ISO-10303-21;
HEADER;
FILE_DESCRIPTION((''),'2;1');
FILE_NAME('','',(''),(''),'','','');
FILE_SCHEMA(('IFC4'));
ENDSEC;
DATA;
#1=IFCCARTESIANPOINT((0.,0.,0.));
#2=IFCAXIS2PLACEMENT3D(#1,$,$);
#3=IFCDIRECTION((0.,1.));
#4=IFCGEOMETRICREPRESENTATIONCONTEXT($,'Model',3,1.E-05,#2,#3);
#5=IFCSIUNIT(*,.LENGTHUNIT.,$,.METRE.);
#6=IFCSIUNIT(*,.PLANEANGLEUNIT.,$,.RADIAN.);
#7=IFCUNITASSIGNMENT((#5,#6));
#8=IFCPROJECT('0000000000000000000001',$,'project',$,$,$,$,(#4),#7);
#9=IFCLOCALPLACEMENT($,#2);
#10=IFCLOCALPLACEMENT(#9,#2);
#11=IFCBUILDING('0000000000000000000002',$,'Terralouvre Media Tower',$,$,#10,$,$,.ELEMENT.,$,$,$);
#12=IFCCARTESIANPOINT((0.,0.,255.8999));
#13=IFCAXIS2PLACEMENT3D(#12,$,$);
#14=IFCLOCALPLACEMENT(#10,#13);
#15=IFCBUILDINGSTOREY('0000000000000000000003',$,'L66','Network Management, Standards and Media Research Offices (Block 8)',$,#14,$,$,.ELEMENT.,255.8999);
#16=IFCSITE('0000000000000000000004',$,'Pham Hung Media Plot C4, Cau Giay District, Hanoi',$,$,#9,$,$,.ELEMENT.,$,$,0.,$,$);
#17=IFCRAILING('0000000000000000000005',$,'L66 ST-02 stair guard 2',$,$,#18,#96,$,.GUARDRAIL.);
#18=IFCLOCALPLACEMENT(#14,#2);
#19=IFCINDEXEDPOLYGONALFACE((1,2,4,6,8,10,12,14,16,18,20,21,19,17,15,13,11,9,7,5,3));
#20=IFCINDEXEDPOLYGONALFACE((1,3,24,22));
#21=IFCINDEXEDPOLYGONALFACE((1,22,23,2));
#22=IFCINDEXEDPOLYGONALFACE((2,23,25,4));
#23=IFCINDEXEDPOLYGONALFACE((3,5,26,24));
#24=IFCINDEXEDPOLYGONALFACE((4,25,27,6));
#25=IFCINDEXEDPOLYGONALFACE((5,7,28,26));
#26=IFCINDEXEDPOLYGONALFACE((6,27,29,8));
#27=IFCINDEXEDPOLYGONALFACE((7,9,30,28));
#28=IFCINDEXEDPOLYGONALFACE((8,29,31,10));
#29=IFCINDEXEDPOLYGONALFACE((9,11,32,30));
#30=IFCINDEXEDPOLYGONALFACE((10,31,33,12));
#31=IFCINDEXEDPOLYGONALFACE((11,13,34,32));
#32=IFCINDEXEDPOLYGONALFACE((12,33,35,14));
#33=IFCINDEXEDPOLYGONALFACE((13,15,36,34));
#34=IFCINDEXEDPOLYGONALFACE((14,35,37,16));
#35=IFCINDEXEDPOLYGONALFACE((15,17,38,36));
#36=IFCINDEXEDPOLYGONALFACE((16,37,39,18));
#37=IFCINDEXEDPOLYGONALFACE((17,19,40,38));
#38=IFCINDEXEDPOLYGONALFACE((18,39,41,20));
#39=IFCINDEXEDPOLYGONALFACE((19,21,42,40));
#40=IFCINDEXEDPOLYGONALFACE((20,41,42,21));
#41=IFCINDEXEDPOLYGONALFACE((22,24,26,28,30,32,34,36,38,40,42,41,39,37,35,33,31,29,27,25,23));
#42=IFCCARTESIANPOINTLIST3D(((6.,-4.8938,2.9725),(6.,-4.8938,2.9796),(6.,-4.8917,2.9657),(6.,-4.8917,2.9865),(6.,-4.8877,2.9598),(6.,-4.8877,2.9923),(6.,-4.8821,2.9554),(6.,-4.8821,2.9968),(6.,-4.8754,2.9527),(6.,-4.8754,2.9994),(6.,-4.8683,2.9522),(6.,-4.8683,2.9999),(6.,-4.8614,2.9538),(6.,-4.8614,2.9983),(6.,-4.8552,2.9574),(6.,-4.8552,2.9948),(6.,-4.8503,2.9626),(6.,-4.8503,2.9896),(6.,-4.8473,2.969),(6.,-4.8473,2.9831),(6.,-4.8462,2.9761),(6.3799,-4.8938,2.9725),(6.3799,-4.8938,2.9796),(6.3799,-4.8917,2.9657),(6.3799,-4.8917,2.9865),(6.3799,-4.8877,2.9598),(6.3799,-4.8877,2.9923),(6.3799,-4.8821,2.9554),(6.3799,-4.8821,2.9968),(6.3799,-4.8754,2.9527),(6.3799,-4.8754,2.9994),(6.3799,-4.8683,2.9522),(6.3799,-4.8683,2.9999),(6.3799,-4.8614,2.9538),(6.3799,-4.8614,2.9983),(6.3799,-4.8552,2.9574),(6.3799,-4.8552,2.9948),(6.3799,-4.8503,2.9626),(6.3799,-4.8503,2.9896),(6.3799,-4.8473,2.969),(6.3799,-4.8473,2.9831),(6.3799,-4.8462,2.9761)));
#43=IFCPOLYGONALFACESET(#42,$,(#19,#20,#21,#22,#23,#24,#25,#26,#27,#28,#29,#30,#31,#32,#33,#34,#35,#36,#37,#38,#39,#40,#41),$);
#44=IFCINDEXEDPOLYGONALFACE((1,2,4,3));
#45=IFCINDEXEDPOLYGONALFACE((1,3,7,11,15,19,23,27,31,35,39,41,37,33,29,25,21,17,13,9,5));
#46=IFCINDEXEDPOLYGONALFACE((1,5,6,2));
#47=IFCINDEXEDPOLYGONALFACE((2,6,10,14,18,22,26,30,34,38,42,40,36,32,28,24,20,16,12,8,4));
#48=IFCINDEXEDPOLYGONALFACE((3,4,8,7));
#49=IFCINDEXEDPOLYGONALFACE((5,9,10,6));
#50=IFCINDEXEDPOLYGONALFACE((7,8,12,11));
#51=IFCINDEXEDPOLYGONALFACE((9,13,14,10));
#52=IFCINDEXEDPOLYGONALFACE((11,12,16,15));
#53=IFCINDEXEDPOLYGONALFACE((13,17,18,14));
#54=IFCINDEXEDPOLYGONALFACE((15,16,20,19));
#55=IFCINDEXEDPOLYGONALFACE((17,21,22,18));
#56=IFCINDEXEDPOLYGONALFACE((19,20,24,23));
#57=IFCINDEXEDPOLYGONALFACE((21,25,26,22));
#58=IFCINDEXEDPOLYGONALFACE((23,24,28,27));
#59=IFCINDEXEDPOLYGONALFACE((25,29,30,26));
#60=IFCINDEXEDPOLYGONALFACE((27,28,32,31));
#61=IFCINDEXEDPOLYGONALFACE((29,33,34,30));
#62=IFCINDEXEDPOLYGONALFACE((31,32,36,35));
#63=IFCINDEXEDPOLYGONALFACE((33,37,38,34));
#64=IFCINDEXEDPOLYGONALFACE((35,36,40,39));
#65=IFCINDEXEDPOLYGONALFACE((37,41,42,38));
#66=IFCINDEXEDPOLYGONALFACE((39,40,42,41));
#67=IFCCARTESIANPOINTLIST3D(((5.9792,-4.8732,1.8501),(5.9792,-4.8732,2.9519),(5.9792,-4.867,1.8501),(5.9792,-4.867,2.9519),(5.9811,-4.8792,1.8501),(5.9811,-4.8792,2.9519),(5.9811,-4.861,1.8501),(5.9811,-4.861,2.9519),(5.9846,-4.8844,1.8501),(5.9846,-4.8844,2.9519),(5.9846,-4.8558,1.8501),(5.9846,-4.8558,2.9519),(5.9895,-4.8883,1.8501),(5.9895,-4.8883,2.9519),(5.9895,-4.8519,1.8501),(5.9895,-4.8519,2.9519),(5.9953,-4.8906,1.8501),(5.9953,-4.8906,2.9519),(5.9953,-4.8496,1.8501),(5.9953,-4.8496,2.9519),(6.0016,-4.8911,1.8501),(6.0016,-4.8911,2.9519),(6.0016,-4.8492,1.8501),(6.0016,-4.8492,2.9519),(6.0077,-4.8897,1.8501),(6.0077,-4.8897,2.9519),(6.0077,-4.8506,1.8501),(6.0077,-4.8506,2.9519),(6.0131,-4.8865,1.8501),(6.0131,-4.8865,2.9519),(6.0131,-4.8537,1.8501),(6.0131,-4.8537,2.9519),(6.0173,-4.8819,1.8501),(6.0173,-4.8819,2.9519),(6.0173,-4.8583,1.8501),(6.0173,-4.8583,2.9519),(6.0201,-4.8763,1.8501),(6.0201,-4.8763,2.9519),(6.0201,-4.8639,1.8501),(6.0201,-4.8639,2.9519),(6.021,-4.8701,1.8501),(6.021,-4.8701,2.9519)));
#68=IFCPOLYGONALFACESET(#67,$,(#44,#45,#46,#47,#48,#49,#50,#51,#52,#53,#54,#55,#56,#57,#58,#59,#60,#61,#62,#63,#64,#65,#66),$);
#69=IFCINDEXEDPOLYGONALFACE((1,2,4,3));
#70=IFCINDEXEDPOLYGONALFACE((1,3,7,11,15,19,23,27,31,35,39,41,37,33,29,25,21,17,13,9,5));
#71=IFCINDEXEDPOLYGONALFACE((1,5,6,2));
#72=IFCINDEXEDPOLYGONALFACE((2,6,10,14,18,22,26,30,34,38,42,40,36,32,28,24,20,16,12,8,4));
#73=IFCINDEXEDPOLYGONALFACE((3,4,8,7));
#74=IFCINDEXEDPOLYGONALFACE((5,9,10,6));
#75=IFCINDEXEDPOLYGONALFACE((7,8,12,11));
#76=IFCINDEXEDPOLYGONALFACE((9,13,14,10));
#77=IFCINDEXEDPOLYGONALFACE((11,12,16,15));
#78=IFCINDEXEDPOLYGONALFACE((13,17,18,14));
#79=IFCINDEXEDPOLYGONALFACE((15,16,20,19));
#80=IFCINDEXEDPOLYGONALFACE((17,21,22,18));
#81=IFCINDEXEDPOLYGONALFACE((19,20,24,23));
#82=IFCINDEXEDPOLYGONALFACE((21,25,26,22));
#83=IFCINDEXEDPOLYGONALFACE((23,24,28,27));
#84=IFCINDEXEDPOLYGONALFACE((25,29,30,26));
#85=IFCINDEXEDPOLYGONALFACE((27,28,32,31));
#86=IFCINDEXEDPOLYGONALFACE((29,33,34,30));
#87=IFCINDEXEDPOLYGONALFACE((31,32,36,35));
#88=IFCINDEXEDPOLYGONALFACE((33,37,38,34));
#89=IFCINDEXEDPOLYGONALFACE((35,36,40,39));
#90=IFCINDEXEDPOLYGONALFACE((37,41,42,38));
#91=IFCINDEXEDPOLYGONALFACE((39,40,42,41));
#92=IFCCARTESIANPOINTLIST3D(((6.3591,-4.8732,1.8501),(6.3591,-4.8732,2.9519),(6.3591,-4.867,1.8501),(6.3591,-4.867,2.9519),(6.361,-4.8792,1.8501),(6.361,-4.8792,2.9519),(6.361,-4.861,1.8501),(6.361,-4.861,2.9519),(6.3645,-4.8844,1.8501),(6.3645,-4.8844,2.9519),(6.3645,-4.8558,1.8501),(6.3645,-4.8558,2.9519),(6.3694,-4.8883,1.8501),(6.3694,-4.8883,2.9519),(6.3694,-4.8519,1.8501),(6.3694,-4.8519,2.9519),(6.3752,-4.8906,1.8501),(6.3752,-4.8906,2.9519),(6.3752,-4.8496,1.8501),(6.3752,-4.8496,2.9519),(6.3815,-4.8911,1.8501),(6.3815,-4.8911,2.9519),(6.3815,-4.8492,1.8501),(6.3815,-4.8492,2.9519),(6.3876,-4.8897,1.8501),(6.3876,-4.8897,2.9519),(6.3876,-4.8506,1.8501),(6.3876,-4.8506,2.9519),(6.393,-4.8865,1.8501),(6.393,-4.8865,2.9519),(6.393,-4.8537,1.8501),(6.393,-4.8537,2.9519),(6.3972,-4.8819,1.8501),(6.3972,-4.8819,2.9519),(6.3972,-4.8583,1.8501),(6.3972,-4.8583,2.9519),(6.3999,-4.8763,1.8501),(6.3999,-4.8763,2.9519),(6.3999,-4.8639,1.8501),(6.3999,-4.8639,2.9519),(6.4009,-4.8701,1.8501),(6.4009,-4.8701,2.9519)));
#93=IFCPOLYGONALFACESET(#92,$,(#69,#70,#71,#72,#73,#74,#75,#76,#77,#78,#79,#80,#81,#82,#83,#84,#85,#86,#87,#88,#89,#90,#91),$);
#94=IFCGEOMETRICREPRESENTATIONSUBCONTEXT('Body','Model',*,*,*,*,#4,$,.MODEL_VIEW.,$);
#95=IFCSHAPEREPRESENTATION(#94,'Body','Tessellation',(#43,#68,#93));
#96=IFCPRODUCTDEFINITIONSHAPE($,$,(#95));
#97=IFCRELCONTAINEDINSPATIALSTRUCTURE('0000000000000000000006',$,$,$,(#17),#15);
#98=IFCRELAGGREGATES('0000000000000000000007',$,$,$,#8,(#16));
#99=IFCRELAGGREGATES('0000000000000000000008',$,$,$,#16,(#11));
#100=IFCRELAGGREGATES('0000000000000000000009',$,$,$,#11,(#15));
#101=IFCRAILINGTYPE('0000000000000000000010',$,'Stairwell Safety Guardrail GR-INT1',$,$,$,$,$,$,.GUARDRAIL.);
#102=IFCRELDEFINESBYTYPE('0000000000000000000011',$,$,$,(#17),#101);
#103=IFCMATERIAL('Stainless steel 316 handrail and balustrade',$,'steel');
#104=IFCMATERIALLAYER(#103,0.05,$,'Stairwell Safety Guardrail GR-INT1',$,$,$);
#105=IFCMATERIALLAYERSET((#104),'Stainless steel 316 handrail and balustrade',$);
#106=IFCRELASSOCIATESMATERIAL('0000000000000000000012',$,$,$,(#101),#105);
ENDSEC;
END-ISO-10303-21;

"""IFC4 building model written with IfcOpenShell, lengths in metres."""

from ifc_helpers import new_model, si_unit, direction, frame, origin, origin_2d, place, context, subcontext, project, spatial, circle, extrude, material, layer, layer_set, type_object, element, save


model = new_model("IFC4")

# Units and contexts
model_context = context("Model", 3, precision=1e-05, world=origin(), true_north=direction((0.0, 1.0)))
body_context = subcontext(model_context, "Body", "Model", "MODEL_VIEW")
ifc_project = project(units=[si_unit("LENGTHUNIT", "METRE"), si_unit("PLANEANGLEUNIT", "RADIAN")], contexts=[model_context])

# Site, building, storey
site_placement = place(None, origin())
site = spatial("IfcSite", under=ifc_project, at=site_placement, Name="Pham Hung Media Plot C4, Cau Giay District, Hanoi", CompositionType="ELEMENT", RefElevation=0.0)
building_placement = place(site_placement, origin())
building = spatial("IfcBuilding", under=site, at=building_placement, Name="Terralouvre Media Tower", CompositionType="ELEMENT")
storey_placement = place(building_placement, frame((0.0, 0.0, 255.8999)))
storey = spatial("IfcBuildingStorey", under=building, at=storey_placement, Name="L66", Description="Network Management, Standards and Media Research Offices (Block 8)", CompositionType="ELEMENT", Elevation=255.8999)

# Railing
ifc_material_1 = material(Name="Stainless steel 316 handrail and balustrade", Category="steel")
ifc_layer_1 = layer(ifc_material_1, 0.05, Name="Stairwell Safety Guardrail GR-INT1")
ifc_layer_set_1 = layer_set([ifc_layer_1], Name="Stainless steel 316 handrail and balustrade")
railing_type_1 = type_object("IfcRailingType", Name="Stairwell Safety Guardrail GR-INT1", PredefinedType="GUARDRAIL", material=ifc_layer_set_1)
railing_1_placement = place(storey_placement, frame((6.0, -4.8701, 1.8501)))
element("IfcRailing", 1, at=railing_1_placement, inside=storey, type_object=railing_type_1, Name="L66 ST-02 stair guard 2", PredefinedType="GUARDRAIL", context=body_context, shape_type="SweptSolid", body=[
    extrude(circle(Radius=0.0239, at=origin_2d()), frame((0.0, 0.0, 1.126), z_axis=(1.0, 0.0, 0.0), x_axis=(0.0, 1.0, 0.0)), (0.0, 0.0, 1.0), 0.3799),
    extrude(circle(Radius=0.021, at=origin_2d()), origin(), (0.0, 0.0, 1.0), 1.1018),
    extrude(circle(Radius=0.021, at=origin_2d()), frame((0.3799, 0.0, 0.0)), (0.0, 0.0, 1.0), 1.1018),
])

save(model, "model.ifc")
